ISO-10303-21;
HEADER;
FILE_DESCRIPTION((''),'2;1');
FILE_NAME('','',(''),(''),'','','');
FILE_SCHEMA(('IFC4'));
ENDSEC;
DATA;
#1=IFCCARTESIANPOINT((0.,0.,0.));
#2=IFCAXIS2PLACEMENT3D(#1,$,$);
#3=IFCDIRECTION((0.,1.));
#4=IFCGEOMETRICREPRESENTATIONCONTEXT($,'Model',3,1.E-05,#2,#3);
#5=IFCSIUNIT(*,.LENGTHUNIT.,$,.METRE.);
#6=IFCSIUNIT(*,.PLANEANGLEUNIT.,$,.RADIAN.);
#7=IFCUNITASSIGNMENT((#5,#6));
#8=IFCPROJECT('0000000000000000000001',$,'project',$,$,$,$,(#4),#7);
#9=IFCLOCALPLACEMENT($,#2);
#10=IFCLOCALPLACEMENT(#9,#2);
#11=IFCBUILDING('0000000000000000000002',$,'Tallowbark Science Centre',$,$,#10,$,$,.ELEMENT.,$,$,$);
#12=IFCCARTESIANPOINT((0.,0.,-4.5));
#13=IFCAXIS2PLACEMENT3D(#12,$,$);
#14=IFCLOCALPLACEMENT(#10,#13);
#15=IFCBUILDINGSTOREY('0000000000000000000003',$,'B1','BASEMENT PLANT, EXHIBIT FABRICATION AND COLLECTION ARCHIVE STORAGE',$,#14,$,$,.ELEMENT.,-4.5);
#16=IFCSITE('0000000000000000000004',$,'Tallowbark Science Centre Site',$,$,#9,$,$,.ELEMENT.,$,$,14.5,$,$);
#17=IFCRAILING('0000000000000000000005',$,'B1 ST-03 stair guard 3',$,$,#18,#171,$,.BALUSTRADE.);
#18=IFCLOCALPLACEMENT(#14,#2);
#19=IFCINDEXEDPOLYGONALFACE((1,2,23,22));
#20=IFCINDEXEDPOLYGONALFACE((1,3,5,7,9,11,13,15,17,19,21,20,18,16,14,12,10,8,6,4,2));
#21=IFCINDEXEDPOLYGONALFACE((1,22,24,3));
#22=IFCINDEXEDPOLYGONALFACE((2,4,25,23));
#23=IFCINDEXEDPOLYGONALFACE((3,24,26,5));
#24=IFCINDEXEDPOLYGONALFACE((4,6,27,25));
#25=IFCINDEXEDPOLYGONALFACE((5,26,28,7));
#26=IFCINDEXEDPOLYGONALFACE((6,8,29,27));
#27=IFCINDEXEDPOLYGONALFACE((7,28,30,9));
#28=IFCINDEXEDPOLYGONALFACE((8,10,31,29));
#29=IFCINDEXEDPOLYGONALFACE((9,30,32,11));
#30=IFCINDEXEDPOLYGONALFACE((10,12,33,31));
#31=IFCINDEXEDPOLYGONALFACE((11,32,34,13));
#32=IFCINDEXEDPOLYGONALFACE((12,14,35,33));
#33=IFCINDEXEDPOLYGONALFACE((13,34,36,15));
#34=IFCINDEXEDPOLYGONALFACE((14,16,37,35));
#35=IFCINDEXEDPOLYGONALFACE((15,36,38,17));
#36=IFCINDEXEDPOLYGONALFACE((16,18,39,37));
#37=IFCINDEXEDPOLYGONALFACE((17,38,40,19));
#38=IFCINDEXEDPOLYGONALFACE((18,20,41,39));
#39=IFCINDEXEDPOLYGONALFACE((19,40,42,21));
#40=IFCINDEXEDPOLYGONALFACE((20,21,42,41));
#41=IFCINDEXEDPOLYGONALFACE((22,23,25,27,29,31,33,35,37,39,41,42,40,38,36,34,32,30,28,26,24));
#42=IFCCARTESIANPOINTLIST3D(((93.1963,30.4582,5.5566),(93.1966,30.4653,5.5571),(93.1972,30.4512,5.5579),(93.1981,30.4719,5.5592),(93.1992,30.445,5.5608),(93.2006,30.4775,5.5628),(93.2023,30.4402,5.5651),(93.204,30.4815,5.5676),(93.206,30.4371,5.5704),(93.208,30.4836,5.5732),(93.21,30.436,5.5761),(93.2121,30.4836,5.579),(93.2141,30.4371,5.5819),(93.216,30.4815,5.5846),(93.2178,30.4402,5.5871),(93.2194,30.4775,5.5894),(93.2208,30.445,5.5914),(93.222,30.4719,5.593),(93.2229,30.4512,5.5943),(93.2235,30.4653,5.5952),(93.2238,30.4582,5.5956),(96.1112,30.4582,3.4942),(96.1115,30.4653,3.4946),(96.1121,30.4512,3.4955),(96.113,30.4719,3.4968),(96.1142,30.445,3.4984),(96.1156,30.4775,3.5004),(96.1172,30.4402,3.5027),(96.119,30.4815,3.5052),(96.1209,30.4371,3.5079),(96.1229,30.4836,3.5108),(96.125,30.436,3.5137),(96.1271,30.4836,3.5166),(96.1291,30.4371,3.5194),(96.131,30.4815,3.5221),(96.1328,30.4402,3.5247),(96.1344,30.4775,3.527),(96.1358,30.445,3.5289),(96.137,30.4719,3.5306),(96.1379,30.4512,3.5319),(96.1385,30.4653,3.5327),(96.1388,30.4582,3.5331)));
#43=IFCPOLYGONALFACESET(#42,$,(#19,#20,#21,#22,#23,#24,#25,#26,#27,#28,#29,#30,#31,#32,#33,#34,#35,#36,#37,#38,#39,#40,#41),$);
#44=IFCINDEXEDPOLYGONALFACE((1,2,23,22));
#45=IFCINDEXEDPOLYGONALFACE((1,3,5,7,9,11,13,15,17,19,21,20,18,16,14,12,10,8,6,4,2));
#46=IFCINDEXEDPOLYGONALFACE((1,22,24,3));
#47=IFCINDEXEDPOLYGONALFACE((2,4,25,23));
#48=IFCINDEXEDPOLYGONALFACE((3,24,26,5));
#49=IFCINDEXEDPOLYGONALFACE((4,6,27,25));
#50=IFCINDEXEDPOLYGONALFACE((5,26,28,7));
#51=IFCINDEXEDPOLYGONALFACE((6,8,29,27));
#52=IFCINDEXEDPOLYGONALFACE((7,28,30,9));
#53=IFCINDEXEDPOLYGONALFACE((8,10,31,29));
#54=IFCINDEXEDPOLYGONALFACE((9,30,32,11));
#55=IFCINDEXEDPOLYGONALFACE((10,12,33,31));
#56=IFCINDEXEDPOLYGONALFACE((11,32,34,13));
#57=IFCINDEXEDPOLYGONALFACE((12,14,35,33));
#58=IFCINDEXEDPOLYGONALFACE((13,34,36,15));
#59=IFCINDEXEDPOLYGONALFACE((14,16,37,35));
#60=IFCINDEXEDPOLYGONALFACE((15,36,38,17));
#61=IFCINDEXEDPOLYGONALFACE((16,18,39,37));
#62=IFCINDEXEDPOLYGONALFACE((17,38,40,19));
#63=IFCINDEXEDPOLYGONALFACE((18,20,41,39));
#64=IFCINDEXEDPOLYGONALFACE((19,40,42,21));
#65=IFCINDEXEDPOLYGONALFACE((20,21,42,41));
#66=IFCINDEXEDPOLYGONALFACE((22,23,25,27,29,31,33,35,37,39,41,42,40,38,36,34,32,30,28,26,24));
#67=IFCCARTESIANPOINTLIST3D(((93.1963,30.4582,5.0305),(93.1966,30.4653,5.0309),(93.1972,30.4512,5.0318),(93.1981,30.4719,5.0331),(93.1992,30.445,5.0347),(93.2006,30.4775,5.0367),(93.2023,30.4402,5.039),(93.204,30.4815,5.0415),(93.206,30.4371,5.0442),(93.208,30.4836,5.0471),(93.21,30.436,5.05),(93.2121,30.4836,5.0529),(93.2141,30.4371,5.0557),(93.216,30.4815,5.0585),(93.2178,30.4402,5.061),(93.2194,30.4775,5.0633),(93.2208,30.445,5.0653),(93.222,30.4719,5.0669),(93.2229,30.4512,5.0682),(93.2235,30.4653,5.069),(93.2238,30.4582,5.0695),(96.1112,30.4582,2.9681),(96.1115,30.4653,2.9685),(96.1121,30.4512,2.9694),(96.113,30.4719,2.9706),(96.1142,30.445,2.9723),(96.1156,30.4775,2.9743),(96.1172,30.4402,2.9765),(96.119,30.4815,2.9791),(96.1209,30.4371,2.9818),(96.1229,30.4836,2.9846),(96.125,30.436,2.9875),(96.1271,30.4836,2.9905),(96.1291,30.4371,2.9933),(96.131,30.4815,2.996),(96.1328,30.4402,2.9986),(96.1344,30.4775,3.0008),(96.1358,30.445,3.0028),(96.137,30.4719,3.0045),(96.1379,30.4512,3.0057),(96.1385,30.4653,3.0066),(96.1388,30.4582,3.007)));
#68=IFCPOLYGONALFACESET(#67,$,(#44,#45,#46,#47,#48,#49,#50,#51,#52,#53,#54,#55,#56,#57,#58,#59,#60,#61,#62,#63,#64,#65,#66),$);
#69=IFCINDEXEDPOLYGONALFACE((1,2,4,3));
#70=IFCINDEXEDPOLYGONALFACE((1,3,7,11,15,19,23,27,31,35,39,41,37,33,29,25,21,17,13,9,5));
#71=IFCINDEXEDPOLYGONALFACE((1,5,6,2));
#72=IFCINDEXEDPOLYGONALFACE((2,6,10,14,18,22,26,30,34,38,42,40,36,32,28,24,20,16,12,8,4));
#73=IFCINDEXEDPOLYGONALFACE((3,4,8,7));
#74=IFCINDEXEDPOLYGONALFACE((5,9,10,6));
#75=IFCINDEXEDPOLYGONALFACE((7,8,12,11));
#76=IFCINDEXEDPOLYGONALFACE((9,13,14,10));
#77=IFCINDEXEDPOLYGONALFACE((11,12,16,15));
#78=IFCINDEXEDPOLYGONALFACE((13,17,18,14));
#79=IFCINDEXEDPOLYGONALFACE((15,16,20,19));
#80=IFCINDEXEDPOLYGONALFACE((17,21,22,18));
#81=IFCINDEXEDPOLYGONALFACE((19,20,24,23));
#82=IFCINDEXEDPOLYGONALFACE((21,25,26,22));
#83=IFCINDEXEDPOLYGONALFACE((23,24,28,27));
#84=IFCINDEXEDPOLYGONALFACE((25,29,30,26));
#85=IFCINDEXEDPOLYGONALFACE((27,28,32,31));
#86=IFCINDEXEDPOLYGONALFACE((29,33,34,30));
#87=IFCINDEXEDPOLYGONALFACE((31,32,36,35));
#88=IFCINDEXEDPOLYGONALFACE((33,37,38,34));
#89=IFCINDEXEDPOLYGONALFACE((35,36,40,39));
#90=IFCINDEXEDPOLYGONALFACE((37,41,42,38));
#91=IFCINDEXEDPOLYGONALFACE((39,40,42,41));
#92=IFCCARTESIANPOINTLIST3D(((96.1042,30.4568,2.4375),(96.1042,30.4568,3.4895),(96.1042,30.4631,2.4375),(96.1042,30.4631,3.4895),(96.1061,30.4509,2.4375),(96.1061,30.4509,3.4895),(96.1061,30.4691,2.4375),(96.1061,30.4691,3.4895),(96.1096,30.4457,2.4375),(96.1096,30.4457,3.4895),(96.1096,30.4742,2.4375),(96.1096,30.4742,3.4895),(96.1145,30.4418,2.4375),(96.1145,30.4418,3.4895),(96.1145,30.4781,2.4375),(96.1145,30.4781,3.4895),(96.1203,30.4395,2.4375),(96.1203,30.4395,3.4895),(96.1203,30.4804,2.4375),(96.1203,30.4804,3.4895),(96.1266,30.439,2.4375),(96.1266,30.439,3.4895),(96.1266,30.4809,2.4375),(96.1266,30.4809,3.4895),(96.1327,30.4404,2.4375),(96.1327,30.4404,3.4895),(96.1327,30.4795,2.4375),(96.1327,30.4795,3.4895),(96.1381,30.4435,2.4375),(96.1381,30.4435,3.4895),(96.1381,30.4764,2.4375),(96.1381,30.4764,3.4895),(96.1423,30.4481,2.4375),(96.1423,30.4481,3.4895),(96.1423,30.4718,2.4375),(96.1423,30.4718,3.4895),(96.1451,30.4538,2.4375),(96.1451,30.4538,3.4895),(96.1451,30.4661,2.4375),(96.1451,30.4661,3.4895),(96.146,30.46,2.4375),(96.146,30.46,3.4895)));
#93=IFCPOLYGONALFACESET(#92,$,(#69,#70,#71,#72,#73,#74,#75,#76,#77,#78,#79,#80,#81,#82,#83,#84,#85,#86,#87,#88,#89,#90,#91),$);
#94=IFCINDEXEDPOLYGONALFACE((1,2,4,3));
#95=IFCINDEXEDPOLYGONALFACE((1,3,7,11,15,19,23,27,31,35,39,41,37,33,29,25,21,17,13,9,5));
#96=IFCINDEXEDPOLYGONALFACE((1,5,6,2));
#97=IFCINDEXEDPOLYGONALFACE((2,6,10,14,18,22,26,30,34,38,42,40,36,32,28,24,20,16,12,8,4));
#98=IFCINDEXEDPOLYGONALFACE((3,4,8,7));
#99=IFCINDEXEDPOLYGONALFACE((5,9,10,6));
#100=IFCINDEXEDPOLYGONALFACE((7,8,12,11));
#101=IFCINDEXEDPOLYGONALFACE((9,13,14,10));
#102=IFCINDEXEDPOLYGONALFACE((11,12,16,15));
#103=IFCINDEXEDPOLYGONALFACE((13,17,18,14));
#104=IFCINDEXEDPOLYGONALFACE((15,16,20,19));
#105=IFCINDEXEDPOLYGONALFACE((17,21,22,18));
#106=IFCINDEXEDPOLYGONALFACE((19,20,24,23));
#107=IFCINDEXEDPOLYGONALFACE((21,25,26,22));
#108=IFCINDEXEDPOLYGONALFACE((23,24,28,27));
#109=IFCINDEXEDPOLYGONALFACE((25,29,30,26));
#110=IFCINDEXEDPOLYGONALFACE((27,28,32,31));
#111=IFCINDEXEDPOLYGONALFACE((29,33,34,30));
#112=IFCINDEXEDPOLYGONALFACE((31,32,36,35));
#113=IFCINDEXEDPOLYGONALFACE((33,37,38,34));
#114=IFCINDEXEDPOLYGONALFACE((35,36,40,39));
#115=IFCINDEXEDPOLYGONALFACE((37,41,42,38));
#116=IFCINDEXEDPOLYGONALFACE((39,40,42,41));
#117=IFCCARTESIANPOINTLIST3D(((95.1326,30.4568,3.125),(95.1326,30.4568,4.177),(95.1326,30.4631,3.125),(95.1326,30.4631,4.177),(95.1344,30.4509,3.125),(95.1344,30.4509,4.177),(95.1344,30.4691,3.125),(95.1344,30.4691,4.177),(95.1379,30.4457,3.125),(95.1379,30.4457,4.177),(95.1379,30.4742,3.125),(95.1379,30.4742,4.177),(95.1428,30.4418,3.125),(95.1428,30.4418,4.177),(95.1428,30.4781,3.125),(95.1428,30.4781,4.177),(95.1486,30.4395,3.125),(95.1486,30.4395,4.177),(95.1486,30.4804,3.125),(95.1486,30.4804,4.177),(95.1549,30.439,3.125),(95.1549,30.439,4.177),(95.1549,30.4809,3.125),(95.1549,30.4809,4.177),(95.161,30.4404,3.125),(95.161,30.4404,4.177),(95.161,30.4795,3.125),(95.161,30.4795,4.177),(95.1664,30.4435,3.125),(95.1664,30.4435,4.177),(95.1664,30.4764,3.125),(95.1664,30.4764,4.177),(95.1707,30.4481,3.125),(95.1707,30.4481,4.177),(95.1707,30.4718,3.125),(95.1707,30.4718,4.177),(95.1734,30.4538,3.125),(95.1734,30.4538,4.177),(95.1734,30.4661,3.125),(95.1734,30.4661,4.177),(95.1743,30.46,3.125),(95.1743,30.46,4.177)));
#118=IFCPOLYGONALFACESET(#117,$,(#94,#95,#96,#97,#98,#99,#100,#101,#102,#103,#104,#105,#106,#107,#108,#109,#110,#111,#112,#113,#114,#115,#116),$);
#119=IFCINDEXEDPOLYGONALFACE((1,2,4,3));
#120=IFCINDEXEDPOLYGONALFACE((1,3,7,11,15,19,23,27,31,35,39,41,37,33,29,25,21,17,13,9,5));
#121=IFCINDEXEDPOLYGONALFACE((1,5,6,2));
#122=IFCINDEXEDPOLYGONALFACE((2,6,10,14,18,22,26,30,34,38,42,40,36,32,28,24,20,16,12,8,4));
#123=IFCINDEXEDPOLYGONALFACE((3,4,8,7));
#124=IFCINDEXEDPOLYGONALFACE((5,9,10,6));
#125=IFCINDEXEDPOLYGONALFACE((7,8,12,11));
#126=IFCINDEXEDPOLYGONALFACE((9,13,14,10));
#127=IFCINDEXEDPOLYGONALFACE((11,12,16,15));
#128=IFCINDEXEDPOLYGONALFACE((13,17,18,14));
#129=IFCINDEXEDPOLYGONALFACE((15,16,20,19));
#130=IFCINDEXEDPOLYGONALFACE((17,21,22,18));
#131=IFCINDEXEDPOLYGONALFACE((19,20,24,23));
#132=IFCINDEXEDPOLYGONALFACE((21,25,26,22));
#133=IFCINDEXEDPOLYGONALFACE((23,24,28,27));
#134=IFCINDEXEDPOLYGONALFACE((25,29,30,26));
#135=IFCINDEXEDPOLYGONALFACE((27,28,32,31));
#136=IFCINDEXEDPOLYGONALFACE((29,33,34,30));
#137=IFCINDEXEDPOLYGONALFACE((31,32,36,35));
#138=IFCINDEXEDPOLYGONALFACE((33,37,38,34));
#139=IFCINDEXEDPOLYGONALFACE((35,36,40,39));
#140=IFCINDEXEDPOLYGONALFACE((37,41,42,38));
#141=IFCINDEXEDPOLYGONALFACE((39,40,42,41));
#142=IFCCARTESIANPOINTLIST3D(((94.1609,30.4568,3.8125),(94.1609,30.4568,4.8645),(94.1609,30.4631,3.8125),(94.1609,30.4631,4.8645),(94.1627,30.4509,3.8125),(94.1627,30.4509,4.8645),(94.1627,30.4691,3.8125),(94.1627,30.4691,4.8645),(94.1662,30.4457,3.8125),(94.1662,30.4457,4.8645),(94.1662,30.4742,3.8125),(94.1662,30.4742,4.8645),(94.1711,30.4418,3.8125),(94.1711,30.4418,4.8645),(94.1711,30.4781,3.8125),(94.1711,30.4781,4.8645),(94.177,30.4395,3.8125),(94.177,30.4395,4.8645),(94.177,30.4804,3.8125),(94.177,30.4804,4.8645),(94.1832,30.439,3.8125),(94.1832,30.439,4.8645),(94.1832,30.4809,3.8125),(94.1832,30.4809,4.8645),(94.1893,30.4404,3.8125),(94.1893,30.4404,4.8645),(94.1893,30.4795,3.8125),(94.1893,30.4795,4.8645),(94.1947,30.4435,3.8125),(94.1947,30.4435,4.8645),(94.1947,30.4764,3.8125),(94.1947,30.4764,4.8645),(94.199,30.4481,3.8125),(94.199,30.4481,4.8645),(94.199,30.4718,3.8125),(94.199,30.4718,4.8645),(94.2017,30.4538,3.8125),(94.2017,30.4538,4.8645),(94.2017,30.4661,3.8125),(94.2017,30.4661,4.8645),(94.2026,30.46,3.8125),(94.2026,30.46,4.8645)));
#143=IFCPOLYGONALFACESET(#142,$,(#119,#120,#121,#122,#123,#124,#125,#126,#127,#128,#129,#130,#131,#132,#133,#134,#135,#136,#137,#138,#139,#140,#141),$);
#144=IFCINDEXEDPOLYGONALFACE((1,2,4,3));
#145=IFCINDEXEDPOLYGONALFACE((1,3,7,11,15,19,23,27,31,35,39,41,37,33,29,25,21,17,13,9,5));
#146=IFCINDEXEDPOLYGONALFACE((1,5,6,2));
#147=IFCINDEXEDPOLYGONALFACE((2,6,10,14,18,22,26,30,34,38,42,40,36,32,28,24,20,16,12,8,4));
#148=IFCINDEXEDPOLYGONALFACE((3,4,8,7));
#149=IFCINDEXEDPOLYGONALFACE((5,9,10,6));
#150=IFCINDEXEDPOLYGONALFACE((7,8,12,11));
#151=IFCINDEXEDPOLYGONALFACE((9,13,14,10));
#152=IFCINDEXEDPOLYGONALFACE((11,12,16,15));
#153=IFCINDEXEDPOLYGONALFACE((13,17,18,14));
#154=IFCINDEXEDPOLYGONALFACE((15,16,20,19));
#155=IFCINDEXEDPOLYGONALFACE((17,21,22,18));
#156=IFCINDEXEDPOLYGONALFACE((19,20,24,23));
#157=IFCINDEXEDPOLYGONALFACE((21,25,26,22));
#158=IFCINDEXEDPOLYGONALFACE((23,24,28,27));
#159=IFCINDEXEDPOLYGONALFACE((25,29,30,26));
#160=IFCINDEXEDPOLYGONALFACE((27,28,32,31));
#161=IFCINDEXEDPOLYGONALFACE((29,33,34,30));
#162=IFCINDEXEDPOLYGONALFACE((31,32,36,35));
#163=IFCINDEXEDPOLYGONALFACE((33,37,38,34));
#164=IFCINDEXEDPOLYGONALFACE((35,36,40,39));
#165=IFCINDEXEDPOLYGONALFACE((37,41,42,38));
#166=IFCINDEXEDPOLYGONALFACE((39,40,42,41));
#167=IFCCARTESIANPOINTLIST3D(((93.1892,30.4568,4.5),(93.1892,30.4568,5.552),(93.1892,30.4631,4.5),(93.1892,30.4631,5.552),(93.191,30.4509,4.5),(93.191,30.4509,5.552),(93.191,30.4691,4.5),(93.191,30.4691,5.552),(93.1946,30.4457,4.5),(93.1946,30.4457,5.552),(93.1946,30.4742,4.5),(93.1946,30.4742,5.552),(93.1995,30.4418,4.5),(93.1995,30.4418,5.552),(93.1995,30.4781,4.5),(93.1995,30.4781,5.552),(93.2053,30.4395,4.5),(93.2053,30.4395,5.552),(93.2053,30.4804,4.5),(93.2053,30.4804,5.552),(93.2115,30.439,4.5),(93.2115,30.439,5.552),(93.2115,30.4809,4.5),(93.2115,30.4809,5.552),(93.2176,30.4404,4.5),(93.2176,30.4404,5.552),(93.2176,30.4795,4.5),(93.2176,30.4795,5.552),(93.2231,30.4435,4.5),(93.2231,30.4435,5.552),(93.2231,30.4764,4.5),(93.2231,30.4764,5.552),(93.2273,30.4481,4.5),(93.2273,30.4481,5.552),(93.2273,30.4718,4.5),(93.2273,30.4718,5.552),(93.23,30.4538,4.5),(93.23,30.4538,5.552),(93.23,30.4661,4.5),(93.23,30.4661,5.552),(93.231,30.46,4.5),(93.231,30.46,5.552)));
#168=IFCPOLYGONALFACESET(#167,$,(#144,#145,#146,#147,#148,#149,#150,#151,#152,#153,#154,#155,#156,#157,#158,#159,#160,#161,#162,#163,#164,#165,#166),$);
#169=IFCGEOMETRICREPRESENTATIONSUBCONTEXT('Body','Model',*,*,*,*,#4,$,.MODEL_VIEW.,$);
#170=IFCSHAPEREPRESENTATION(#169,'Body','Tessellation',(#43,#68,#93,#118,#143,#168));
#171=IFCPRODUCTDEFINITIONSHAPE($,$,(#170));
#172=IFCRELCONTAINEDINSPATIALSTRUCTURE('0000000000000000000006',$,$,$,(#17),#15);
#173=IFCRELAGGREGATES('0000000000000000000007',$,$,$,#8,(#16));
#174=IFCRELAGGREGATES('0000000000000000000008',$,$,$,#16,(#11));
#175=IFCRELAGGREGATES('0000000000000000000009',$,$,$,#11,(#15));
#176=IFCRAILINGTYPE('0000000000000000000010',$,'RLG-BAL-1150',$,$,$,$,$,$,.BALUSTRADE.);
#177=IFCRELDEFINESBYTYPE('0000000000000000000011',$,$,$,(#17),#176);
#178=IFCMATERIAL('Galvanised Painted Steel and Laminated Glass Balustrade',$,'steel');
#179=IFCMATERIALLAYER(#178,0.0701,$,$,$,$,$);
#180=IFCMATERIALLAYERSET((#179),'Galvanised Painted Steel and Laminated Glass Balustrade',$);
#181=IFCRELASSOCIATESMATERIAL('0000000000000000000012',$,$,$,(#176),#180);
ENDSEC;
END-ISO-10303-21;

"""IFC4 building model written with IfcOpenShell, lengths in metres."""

from ifc_helpers import new_model, si_unit, direction, frame, origin, origin_2d, place, context, subcontext, project, spatial, circle, extrude, material, layer, layer_set, type_object, element, save


model = new_model("IFC4")

# Units and contexts
model_context = context("Model", 3, precision=1e-05, world=origin(), true_north=direction((0.0, 1.0)))
body_context = subcontext(model_context, "Body", "Model", "MODEL_VIEW")
ifc_project = project(units=[si_unit("LENGTHUNIT", "METRE"), si_unit("PLANEANGLEUNIT", "RADIAN")], contexts=[model_context])

# Site, building, storey
site_placement = place(None, origin())
site = spatial("IfcSite", under=ifc_project, at=site_placement, Name="Tallowbark Science Centre Site", CompositionType="ELEMENT", RefElevation=14.5)
building_placement = place(site_placement, origin())
building = spatial("IfcBuilding", under=site, at=building_placement, Name="Tallowbark Science Centre", CompositionType="ELEMENT")
storey_placement = place(building_placement, frame((0.0, 0.0, -4.5)))
storey = spatial("IfcBuildingStorey", under=building, at=storey_placement, Name="B1", Description="BASEMENT PLANT, EXHIBIT FABRICATION AND COLLECTION ARCHIVE STORAGE", CompositionType="ELEMENT", Elevation=-4.5)

# Railing
ifc_material_1 = material(Name="Galvanised Painted Steel and Laminated Glass Balustrade", Category="steel")
ifc_layer_1 = layer(ifc_material_1, 0.0701)
ifc_layer_set_1 = layer_set([ifc_layer_1], Name="Galvanised Painted Steel and Laminated Glass Balustrade")
railing_type_1 = type_object("IfcRailingType", Name="RLG-BAL-1150", PredefinedType="BALUSTRADE", material=ifc_layer_set_1)
railing_1_placement = place(storey_placement, frame((96.125, 30.46, 2.4375)))
element("IfcRailing", 1, at=railing_1_placement, inside=storey, type_object=railing_type_1, Name="B1 ST-03 stair guard 3", PredefinedType="BALUSTRADE", context=body_context, shape_type="SweptSolid", body=[
    extrude(circle(Radius=0.0239, at=origin_2d()), frame((0.0, 0.0, 1.0762), z_axis=(-0.816331, 0.0, 0.577585), x_axis=(0.0, -1.0, 0.0)), (0.0, 0.0, 1.0), 3.5708),
    extrude(circle(Radius=0.0239, at=origin_2d()), frame((0.0, 0.0, 0.55), z_axis=(-0.816331, 0.0, 0.577585), x_axis=(0.0, -1.0, 0.0)), (0.0, 0.0, 1.0), 3.5708),
    extrude(circle(Radius=0.021, at=origin_2d()), origin(), (0.0, 0.0, 1.0), 1.052),
    extrude(circle(Radius=0.021, at=origin_2d()), frame((-0.9717, 0.0, 0.6875)), (0.0, 0.0, 1.0), 1.052),
    extrude(circle(Radius=0.021, at=origin_2d()), frame((-1.9434, 0.0, 1.375)), (0.0, 0.0, 1.0), 1.052),
    extrude(circle(Radius=0.021, at=origin_2d()), frame((-2.915, 0.0, 2.0625)), (0.0, 0.0, 1.0), 1.052),
])

save(model, "model.ifc")
